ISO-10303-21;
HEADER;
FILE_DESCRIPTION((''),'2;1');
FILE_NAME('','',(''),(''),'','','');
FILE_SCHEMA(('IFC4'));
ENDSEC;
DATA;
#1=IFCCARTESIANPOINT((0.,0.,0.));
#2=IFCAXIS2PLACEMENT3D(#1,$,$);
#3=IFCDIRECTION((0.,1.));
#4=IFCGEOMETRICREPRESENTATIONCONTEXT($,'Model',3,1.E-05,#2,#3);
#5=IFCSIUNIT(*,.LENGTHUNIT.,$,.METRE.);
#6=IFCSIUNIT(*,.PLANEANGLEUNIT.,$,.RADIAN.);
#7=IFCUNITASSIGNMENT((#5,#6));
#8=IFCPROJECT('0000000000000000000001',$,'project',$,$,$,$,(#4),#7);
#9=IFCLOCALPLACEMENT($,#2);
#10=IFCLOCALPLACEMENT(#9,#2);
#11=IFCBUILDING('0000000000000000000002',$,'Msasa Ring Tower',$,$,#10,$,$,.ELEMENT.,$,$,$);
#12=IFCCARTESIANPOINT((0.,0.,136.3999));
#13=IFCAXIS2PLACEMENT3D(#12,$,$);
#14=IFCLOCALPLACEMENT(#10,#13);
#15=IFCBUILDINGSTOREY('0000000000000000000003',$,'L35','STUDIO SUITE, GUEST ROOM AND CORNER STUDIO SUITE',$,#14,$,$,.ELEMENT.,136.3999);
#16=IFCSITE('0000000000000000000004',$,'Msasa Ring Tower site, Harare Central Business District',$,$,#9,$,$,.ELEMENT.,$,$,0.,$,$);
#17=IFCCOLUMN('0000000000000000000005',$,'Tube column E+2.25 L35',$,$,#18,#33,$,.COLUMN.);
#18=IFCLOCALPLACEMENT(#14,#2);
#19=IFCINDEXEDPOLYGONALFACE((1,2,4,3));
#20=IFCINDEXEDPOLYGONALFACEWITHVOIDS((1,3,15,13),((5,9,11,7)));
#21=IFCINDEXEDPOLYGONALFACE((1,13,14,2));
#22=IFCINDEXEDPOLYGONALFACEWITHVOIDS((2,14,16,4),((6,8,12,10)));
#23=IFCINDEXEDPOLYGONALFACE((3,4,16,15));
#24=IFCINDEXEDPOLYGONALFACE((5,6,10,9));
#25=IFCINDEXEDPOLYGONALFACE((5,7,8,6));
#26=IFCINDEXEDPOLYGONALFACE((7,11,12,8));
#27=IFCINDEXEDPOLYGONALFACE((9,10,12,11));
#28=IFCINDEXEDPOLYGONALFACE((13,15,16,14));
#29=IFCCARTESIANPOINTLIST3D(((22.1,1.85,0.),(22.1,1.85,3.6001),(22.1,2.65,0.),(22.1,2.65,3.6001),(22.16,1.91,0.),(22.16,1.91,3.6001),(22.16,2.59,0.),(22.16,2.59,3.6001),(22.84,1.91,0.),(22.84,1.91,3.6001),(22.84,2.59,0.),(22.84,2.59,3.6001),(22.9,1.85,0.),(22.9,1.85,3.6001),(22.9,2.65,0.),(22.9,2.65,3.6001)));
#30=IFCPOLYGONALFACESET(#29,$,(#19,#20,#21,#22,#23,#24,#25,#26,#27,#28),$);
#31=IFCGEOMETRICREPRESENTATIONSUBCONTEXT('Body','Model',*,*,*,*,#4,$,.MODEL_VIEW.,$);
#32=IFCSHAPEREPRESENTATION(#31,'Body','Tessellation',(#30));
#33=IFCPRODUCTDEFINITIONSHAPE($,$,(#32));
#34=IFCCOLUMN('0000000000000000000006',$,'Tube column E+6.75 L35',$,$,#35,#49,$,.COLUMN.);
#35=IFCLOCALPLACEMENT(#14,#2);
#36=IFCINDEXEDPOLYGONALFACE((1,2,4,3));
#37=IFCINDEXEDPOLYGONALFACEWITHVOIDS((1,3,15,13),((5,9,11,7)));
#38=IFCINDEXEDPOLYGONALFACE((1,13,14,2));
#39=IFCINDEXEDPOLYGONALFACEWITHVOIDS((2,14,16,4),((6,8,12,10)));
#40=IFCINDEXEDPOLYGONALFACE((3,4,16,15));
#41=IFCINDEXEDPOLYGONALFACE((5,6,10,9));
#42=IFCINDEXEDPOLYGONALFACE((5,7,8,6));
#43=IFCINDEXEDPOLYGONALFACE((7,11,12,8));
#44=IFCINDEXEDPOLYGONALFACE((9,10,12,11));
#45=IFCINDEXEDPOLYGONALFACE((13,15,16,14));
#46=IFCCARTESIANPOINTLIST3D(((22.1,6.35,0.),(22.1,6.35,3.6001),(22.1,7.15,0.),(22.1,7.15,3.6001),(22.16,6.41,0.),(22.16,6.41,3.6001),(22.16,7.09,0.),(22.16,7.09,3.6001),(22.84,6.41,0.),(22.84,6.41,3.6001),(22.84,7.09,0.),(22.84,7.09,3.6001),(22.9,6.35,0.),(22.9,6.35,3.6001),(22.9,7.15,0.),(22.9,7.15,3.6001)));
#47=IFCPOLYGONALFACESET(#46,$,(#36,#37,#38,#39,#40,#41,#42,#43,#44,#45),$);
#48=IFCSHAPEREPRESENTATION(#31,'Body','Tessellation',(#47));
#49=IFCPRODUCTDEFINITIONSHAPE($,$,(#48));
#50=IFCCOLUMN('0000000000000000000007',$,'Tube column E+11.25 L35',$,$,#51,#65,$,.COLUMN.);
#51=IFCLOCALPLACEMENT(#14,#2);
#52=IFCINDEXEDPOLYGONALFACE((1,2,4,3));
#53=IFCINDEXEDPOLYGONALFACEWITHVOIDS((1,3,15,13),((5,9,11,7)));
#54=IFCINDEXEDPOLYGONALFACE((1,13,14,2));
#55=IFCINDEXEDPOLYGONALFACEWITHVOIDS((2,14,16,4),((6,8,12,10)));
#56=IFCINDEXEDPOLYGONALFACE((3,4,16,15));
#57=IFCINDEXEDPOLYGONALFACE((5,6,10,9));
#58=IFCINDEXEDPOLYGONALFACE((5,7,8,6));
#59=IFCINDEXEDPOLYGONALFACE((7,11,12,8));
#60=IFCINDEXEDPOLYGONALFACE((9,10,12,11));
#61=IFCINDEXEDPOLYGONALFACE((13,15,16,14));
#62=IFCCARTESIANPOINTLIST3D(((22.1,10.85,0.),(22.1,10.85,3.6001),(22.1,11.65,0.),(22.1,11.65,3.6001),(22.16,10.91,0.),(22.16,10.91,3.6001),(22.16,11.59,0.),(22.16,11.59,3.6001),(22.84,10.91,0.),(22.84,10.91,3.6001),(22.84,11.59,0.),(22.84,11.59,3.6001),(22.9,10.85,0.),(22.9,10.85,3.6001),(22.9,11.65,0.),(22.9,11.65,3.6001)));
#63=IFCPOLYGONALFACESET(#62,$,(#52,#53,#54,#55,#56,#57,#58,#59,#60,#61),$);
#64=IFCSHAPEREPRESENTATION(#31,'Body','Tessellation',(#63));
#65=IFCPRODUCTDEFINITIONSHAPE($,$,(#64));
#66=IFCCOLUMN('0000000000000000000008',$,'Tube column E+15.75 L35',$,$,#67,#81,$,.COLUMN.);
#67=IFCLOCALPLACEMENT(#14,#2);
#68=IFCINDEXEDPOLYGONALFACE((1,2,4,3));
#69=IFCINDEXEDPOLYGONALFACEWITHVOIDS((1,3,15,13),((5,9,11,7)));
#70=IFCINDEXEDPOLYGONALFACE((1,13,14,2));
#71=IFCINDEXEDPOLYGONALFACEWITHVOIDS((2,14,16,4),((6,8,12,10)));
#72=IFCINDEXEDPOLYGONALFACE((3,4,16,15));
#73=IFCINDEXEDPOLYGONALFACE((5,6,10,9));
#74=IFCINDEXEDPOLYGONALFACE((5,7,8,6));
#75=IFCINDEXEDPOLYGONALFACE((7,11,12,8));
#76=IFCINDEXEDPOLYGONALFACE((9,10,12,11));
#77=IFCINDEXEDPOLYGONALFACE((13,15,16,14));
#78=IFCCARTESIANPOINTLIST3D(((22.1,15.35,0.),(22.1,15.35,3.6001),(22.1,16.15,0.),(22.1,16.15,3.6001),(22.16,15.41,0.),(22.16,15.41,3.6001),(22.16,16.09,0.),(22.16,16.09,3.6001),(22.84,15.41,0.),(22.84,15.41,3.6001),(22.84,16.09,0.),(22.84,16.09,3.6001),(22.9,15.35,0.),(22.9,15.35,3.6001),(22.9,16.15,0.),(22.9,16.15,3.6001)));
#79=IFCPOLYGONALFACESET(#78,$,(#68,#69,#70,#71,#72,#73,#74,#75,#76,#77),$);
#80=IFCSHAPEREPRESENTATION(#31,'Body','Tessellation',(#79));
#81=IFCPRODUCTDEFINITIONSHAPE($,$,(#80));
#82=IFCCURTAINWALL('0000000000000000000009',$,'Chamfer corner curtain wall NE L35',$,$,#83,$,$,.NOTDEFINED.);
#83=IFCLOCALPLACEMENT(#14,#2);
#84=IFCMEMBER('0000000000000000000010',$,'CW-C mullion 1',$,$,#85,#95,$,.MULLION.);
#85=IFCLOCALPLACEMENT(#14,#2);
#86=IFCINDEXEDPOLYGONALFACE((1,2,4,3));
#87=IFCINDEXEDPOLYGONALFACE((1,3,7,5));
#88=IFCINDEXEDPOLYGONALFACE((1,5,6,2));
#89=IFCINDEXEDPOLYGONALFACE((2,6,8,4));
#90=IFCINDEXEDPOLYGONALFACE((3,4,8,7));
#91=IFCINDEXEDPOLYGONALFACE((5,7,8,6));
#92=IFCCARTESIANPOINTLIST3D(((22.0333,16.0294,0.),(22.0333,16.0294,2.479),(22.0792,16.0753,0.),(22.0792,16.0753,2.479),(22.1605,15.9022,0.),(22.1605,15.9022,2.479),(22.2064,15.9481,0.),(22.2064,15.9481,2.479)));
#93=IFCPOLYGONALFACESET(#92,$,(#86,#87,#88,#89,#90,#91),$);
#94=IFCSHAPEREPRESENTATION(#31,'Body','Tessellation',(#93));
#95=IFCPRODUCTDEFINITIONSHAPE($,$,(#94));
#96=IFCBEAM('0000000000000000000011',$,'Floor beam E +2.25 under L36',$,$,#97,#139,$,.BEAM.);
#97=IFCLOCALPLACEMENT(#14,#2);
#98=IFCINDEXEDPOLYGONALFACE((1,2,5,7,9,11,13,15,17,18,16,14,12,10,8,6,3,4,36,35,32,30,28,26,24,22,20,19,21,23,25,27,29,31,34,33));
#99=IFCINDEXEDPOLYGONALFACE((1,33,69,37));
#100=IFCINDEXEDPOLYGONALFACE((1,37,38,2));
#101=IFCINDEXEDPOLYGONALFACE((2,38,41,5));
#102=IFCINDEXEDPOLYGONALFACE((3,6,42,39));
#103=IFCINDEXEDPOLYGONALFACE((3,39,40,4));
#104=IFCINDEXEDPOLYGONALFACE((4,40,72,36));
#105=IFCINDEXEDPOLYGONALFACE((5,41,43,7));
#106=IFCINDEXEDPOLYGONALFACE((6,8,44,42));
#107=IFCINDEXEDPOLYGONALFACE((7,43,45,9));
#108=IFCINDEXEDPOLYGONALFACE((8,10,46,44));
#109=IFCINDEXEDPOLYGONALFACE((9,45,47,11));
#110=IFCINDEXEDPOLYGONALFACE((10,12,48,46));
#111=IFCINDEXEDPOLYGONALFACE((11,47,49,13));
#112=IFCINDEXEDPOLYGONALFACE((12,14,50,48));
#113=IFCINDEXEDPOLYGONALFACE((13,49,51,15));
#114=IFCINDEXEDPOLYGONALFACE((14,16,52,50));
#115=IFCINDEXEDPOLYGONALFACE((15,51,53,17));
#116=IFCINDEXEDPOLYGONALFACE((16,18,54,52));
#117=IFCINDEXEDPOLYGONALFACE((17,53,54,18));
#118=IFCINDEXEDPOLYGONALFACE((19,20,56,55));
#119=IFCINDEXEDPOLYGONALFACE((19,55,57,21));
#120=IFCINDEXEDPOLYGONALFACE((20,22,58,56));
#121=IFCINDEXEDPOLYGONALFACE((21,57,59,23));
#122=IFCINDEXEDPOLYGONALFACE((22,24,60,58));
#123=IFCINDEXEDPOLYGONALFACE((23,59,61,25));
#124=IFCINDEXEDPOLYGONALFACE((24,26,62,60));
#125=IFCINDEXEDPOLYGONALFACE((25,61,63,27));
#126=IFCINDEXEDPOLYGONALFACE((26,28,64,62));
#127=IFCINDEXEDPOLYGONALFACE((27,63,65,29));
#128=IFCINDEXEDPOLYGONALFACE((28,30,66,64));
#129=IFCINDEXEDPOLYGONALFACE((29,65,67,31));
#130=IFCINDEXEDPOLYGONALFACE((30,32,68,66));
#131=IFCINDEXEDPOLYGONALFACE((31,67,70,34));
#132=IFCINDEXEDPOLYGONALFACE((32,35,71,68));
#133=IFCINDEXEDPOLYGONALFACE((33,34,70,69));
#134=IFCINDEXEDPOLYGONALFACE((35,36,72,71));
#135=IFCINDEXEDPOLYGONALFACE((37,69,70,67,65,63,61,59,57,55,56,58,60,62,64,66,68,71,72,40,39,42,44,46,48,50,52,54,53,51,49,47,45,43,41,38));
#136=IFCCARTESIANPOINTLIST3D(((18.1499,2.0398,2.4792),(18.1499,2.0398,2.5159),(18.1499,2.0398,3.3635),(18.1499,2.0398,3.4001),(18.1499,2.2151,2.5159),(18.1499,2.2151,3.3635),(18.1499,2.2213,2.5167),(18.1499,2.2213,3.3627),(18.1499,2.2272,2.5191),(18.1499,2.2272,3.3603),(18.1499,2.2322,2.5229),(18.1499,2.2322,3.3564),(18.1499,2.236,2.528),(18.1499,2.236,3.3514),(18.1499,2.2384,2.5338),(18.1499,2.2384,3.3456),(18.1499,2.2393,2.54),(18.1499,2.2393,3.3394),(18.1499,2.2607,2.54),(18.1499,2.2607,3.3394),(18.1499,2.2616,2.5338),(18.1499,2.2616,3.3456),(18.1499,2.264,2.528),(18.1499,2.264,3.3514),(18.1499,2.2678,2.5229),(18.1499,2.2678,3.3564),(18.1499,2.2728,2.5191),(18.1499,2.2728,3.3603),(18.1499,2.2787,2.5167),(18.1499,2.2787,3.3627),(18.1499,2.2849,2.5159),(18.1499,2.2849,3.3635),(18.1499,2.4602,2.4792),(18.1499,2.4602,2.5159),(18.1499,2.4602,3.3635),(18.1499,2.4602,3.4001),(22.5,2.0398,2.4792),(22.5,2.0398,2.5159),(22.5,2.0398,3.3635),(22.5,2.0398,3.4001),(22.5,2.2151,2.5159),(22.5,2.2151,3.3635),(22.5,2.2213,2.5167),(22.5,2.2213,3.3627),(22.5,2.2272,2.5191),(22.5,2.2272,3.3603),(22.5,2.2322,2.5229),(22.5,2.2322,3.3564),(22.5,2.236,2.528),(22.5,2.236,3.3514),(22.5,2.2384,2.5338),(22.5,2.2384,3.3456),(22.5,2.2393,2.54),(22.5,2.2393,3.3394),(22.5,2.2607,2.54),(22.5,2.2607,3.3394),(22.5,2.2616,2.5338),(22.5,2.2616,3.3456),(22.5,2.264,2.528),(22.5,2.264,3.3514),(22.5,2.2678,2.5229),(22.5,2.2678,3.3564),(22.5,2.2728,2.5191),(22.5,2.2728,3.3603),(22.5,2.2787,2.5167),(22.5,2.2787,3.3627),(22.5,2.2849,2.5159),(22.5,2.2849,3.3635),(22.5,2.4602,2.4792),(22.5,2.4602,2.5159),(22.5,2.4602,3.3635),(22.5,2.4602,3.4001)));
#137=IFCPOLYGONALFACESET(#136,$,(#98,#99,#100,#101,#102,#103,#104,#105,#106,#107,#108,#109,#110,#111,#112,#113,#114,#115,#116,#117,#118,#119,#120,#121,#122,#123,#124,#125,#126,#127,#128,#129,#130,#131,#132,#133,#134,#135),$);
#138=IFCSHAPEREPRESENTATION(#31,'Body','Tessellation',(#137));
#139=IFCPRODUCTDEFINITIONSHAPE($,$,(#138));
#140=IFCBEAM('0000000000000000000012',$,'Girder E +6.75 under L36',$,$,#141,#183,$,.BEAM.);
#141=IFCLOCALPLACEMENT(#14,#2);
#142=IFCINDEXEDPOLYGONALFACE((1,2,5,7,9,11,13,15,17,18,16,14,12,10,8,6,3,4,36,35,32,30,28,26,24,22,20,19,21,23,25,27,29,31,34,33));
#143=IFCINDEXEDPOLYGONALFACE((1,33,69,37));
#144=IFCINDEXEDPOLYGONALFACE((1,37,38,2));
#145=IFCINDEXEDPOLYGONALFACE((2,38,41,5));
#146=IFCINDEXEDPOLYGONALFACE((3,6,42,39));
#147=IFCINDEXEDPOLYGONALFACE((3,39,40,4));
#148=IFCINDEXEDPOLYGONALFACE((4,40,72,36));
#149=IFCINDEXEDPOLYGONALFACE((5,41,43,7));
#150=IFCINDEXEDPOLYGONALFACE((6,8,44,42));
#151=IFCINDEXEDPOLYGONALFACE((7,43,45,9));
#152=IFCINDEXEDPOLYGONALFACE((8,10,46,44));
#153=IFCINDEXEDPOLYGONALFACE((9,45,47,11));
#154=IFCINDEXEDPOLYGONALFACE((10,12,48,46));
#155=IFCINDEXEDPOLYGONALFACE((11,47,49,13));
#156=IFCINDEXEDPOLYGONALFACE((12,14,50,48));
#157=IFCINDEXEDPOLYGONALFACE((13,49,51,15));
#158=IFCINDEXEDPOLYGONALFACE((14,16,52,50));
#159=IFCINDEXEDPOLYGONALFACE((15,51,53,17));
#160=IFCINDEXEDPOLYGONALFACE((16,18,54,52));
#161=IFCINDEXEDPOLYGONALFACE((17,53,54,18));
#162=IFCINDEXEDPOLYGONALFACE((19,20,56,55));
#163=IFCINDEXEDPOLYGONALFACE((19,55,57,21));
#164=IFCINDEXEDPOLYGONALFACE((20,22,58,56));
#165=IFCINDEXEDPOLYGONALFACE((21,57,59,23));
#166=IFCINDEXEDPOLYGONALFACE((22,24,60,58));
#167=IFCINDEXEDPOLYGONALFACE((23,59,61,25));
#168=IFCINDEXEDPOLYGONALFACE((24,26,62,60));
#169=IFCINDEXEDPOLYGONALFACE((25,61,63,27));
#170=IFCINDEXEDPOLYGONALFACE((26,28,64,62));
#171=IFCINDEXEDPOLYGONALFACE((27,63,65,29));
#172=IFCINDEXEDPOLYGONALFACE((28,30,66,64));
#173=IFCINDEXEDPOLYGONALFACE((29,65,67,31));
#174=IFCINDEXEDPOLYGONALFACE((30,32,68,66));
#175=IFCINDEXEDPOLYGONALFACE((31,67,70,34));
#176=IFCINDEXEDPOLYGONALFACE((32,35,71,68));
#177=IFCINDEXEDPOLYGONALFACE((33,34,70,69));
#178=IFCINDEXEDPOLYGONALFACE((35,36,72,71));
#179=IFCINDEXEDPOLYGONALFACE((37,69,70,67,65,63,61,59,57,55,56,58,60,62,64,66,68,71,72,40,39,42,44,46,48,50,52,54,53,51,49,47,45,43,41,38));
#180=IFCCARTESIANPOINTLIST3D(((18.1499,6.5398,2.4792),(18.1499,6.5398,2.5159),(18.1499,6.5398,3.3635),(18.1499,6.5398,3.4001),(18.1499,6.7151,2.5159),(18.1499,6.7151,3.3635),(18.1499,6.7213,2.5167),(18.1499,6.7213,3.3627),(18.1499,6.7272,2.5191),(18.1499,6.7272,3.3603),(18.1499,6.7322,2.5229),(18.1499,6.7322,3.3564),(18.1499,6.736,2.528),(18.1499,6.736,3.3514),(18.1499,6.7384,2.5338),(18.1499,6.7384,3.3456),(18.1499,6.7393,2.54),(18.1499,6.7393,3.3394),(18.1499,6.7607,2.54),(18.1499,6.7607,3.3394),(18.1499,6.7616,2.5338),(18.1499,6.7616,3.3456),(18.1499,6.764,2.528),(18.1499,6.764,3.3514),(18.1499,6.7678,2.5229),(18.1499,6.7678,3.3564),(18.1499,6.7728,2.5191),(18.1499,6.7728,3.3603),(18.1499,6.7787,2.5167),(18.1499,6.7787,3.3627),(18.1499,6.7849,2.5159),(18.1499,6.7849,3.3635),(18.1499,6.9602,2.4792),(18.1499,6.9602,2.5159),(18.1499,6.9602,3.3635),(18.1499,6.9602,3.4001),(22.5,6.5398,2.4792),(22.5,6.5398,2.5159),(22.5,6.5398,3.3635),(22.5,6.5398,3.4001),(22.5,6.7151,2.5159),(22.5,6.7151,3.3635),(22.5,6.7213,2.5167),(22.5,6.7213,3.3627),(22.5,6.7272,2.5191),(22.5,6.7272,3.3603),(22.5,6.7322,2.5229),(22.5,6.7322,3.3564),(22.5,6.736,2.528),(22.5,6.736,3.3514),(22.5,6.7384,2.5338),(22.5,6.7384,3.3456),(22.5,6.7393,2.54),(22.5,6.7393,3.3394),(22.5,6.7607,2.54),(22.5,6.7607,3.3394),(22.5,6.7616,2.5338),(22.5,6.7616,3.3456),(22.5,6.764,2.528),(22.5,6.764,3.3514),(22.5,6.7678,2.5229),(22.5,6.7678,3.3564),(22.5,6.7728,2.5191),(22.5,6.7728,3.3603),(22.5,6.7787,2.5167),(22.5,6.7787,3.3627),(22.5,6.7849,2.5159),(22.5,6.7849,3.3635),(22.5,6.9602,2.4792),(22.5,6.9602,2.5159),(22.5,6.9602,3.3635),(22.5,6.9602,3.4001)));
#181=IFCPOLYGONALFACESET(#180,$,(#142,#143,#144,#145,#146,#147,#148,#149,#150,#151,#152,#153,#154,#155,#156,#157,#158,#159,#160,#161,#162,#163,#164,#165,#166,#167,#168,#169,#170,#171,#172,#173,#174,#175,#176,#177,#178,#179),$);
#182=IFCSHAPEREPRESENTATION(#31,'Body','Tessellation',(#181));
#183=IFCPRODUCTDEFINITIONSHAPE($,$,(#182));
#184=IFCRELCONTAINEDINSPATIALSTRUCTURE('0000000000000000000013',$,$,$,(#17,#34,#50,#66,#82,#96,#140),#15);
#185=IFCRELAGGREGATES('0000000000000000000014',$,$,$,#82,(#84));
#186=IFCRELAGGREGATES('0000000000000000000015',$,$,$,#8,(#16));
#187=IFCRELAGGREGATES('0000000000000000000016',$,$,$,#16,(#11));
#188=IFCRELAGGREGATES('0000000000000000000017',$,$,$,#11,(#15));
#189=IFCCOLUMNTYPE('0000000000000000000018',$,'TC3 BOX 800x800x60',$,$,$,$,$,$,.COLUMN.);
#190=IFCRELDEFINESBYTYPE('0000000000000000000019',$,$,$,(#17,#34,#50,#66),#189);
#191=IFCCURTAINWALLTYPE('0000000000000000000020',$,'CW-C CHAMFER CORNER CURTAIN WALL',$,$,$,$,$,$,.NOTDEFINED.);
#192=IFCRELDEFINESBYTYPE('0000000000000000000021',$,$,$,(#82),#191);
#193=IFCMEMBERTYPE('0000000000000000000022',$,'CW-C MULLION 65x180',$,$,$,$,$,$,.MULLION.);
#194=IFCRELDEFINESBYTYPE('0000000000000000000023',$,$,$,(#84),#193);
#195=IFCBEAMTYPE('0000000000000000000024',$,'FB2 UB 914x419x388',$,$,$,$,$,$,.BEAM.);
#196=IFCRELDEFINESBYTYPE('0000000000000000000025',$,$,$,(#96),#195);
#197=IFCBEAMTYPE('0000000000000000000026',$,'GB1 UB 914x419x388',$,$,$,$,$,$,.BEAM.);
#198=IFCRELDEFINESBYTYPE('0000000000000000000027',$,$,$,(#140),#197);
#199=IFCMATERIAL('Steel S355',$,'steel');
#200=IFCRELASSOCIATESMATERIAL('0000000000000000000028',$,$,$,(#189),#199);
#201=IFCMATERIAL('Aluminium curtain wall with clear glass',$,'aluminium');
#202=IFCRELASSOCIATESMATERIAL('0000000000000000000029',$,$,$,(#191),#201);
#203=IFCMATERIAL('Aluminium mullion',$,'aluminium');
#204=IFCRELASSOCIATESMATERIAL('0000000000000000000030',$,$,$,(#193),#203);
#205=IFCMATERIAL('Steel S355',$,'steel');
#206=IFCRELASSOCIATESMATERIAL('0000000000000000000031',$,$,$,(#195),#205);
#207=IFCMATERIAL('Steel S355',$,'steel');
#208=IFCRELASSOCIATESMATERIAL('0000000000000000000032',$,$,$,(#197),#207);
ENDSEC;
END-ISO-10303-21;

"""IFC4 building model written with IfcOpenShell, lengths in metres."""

from ifc_helpers import new_model, si_unit, direction, frame, origin, origin_2d, place, context, subcontext, project, spatial, rectangle, hollow_rectangle, i_section, extrude, material, material_profile, profile_set, type_object, element, aggregate, save


model = new_model("IFC4")

# Units and contexts
model_context = context("Model", 3, precision=1e-05, world=origin(), true_north=direction((0.0, 1.0)))
body_context = subcontext(model_context, "Body", "Model", "MODEL_VIEW")
ifc_project = project(units=[si_unit("LENGTHUNIT", "METRE"), si_unit("PLANEANGLEUNIT", "RADIAN")], contexts=[model_context])

# Site, building, storey
site_placement = place(None, origin())
site = spatial("IfcSite", under=ifc_project, at=site_placement, Name="Msasa Ring Tower site, Harare Central Business District", CompositionType="ELEMENT", RefElevation=0.0)
building_placement = place(site_placement, origin())
building = spatial("IfcBuilding", under=site, at=building_placement, Name="Msasa Ring Tower", CompositionType="ELEMENT")
storey_placement = place(building_placement, frame((0.0, 0.0, 136.3999)))
storey = spatial("IfcBuildingStorey", under=building, at=storey_placement, Name="L35", Description="STUDIO SUITE, GUEST ROOM AND CORNER STUDIO SUITE", CompositionType="ELEMENT", Elevation=136.3999)

# Columns
ifc_material_1 = material(Name="Steel S355", Category="steel")
ifc_material_profile_1 = material_profile(ifc_material_1, hollow_rectangle(XDim=0.8, YDim=0.8, WallThickness=0.0601, at=origin_2d()), Name="BOX 800x800x60")
ifc_profile_set_1 = profile_set([ifc_material_profile_1], Name="Steel S355")
column_type = type_object("IfcColumnType", Name="TC3 BOX 800x800x60", PredefinedType="COLUMN", material=ifc_profile_set_1)
for number, where, z_axis, x_axis, name in (
    (1, (22.5, 2.25, 0.0), (0.0, 0.0, 1.0), (1.0, 0.0, 0.0), "Tube column E+2.25 L35"),
    (2, (22.5, 6.75, 0.0), (0.0, 0.0, 1.0), (1.0, 0.0, 0.0), "Tube column E+6.75 L35"),
    (3, (22.5, 11.25, 0.0), (0.0, 0.0, 1.0), (1.0, 0.0, 0.0), "Tube column E+11.25 L35"),
    (4, (22.5, 15.75, 0.0), (0.0, 0.0, 1.0), (1.0, 0.0, 0.0), "Tube column E+15.75 L35"),
):
    element("IfcColumn", number, at=place(storey_placement, frame(where, z_axis=z_axis, x_axis=x_axis)), inside=storey, type_object=column_type, Name=name, PredefinedType="COLUMN", context=body_context, shape_type="SweptSolid", body=[
        extrude(hollow_rectangle(XDim=0.8, YDim=0.8, WallThickness=0.0601, at=origin_2d()), origin(), (0.0, 0.0, 1.0), 3.6001),
    ])

# Curtain wall, member
ifc_material_2 = material(Name="Aluminium curtain wall with clear glass", Category="aluminium")
curtain_wall_type = type_object("IfcCurtainWallType", Name="CW-C CHAMFER CORNER CURTAIN WALL", PredefinedType="NOTDEFINED", material=ifc_material_2)
curtain_wall_placement = place(storey_placement, origin())
curtain_wall = element("IfcCurtainWall", 5, at=curtain_wall_placement, inside=storey, type_object=curtain_wall_type, Name="Chamfer corner curtain wall NE L35", PredefinedType="NOTDEFINED")
ifc_material_3 = material(Name="Aluminium mullion", Category="aluminium")
ifc_material_profile_2 = material_profile(ifc_material_3, rectangle(XDim=0.0649, YDim=0.1799, at=origin_2d()), Name="AL 65x180")
ifc_profile_set_2 = profile_set([ifc_material_profile_2], Name="Aluminium mullion")
member_type = type_object("IfcMemberType", Name="CW-C MULLION 65x180", PredefinedType="MULLION", material=ifc_profile_set_2)
member_placement = place(storey_placement, frame((22.1199, 15.9888, 0.0), z_axis=(0.0, 0.0, 1.0), x_axis=(-0.707107, -0.707107, 0.0)))
member = element("IfcMember", 6, at=member_placement, type_object=member_type, Name="CW-C mullion 1", PredefinedType="MULLION", context=body_context, shape_type="SweptSolid", body=[
    extrude(rectangle(XDim=0.0649, YDim=0.1799, at=origin_2d()), origin(), (0.0, 0.0, 1.0), 2.479),
])
aggregate(curtain_wall, [member])

# Beams
ifc_material_4 = material(Name="Steel S355", Category="steel")
ifc_material_profile_3 = material_profile(ifc_material_4, i_section(OverallWidth=0.4204, OverallDepth=0.9209, WebThickness=0.0215, FlangeThickness=0.0366, FilletRadius=0.0242, at=origin_2d()), Name="UB 914x419x388")
ifc_profile_set_3 = profile_set([ifc_material_profile_3], Name="Steel S355")
beam_type_1 = type_object("IfcBeamType", Name="FB2 UB 914x419x388", PredefinedType="BEAM", material=ifc_profile_set_3)
beam_1_placement = place(storey_placement, frame((22.5, 2.25, 2.9397), z_axis=(-1.0, 0.0, 0.0), x_axis=(0.0, -1.0, 0.0)))
element("IfcBeam", 7, at=beam_1_placement, inside=storey, type_object=beam_type_1, Name="Floor beam E +2.25 under L36", PredefinedType="BEAM", context=body_context, shape_type="SweptSolid", body=[
    extrude(i_section(OverallWidth=0.4204, OverallDepth=0.9209, WebThickness=0.0215, FlangeThickness=0.0366, FilletRadius=0.0242, at=origin_2d()), origin(), (0.0, 0.0, 1.0), 4.3501),
])
ifc_material_5 = material(Name="Steel S355", Category="steel")
ifc_material_profile_4 = material_profile(ifc_material_5, i_section(OverallWidth=0.4204, OverallDepth=0.9209, WebThickness=0.0215, FlangeThickness=0.0366, FilletRadius=0.0242, at=origin_2d()), Name="UB 914x419x388")
ifc_profile_set_4 = profile_set([ifc_material_profile_4], Name="Steel S355")
beam_type_2 = type_object("IfcBeamType", Name="GB1 UB 914x419x388", PredefinedType="BEAM", material=ifc_profile_set_4)
beam_2_placement = place(storey_placement, frame((18.1499, 6.75, 2.9397), z_axis=(1.0, 0.0, 0.0), x_axis=(0.0, 1.0, 0.0)))
element("IfcBeam", 8, at=beam_2_placement, inside=storey, type_object=beam_type_2, Name="Girder E +6.75 under L36", PredefinedType="BEAM", context=body_context, shape_type="SweptSolid", body=[
    extrude(i_section(OverallWidth=0.4204, OverallDepth=0.9209, WebThickness=0.0215, FlangeThickness=0.0366, FilletRadius=0.0242, at=origin_2d()), origin(), (0.0, 0.0, 1.0), 4.3501),
])

save(model, "model.ifc")
